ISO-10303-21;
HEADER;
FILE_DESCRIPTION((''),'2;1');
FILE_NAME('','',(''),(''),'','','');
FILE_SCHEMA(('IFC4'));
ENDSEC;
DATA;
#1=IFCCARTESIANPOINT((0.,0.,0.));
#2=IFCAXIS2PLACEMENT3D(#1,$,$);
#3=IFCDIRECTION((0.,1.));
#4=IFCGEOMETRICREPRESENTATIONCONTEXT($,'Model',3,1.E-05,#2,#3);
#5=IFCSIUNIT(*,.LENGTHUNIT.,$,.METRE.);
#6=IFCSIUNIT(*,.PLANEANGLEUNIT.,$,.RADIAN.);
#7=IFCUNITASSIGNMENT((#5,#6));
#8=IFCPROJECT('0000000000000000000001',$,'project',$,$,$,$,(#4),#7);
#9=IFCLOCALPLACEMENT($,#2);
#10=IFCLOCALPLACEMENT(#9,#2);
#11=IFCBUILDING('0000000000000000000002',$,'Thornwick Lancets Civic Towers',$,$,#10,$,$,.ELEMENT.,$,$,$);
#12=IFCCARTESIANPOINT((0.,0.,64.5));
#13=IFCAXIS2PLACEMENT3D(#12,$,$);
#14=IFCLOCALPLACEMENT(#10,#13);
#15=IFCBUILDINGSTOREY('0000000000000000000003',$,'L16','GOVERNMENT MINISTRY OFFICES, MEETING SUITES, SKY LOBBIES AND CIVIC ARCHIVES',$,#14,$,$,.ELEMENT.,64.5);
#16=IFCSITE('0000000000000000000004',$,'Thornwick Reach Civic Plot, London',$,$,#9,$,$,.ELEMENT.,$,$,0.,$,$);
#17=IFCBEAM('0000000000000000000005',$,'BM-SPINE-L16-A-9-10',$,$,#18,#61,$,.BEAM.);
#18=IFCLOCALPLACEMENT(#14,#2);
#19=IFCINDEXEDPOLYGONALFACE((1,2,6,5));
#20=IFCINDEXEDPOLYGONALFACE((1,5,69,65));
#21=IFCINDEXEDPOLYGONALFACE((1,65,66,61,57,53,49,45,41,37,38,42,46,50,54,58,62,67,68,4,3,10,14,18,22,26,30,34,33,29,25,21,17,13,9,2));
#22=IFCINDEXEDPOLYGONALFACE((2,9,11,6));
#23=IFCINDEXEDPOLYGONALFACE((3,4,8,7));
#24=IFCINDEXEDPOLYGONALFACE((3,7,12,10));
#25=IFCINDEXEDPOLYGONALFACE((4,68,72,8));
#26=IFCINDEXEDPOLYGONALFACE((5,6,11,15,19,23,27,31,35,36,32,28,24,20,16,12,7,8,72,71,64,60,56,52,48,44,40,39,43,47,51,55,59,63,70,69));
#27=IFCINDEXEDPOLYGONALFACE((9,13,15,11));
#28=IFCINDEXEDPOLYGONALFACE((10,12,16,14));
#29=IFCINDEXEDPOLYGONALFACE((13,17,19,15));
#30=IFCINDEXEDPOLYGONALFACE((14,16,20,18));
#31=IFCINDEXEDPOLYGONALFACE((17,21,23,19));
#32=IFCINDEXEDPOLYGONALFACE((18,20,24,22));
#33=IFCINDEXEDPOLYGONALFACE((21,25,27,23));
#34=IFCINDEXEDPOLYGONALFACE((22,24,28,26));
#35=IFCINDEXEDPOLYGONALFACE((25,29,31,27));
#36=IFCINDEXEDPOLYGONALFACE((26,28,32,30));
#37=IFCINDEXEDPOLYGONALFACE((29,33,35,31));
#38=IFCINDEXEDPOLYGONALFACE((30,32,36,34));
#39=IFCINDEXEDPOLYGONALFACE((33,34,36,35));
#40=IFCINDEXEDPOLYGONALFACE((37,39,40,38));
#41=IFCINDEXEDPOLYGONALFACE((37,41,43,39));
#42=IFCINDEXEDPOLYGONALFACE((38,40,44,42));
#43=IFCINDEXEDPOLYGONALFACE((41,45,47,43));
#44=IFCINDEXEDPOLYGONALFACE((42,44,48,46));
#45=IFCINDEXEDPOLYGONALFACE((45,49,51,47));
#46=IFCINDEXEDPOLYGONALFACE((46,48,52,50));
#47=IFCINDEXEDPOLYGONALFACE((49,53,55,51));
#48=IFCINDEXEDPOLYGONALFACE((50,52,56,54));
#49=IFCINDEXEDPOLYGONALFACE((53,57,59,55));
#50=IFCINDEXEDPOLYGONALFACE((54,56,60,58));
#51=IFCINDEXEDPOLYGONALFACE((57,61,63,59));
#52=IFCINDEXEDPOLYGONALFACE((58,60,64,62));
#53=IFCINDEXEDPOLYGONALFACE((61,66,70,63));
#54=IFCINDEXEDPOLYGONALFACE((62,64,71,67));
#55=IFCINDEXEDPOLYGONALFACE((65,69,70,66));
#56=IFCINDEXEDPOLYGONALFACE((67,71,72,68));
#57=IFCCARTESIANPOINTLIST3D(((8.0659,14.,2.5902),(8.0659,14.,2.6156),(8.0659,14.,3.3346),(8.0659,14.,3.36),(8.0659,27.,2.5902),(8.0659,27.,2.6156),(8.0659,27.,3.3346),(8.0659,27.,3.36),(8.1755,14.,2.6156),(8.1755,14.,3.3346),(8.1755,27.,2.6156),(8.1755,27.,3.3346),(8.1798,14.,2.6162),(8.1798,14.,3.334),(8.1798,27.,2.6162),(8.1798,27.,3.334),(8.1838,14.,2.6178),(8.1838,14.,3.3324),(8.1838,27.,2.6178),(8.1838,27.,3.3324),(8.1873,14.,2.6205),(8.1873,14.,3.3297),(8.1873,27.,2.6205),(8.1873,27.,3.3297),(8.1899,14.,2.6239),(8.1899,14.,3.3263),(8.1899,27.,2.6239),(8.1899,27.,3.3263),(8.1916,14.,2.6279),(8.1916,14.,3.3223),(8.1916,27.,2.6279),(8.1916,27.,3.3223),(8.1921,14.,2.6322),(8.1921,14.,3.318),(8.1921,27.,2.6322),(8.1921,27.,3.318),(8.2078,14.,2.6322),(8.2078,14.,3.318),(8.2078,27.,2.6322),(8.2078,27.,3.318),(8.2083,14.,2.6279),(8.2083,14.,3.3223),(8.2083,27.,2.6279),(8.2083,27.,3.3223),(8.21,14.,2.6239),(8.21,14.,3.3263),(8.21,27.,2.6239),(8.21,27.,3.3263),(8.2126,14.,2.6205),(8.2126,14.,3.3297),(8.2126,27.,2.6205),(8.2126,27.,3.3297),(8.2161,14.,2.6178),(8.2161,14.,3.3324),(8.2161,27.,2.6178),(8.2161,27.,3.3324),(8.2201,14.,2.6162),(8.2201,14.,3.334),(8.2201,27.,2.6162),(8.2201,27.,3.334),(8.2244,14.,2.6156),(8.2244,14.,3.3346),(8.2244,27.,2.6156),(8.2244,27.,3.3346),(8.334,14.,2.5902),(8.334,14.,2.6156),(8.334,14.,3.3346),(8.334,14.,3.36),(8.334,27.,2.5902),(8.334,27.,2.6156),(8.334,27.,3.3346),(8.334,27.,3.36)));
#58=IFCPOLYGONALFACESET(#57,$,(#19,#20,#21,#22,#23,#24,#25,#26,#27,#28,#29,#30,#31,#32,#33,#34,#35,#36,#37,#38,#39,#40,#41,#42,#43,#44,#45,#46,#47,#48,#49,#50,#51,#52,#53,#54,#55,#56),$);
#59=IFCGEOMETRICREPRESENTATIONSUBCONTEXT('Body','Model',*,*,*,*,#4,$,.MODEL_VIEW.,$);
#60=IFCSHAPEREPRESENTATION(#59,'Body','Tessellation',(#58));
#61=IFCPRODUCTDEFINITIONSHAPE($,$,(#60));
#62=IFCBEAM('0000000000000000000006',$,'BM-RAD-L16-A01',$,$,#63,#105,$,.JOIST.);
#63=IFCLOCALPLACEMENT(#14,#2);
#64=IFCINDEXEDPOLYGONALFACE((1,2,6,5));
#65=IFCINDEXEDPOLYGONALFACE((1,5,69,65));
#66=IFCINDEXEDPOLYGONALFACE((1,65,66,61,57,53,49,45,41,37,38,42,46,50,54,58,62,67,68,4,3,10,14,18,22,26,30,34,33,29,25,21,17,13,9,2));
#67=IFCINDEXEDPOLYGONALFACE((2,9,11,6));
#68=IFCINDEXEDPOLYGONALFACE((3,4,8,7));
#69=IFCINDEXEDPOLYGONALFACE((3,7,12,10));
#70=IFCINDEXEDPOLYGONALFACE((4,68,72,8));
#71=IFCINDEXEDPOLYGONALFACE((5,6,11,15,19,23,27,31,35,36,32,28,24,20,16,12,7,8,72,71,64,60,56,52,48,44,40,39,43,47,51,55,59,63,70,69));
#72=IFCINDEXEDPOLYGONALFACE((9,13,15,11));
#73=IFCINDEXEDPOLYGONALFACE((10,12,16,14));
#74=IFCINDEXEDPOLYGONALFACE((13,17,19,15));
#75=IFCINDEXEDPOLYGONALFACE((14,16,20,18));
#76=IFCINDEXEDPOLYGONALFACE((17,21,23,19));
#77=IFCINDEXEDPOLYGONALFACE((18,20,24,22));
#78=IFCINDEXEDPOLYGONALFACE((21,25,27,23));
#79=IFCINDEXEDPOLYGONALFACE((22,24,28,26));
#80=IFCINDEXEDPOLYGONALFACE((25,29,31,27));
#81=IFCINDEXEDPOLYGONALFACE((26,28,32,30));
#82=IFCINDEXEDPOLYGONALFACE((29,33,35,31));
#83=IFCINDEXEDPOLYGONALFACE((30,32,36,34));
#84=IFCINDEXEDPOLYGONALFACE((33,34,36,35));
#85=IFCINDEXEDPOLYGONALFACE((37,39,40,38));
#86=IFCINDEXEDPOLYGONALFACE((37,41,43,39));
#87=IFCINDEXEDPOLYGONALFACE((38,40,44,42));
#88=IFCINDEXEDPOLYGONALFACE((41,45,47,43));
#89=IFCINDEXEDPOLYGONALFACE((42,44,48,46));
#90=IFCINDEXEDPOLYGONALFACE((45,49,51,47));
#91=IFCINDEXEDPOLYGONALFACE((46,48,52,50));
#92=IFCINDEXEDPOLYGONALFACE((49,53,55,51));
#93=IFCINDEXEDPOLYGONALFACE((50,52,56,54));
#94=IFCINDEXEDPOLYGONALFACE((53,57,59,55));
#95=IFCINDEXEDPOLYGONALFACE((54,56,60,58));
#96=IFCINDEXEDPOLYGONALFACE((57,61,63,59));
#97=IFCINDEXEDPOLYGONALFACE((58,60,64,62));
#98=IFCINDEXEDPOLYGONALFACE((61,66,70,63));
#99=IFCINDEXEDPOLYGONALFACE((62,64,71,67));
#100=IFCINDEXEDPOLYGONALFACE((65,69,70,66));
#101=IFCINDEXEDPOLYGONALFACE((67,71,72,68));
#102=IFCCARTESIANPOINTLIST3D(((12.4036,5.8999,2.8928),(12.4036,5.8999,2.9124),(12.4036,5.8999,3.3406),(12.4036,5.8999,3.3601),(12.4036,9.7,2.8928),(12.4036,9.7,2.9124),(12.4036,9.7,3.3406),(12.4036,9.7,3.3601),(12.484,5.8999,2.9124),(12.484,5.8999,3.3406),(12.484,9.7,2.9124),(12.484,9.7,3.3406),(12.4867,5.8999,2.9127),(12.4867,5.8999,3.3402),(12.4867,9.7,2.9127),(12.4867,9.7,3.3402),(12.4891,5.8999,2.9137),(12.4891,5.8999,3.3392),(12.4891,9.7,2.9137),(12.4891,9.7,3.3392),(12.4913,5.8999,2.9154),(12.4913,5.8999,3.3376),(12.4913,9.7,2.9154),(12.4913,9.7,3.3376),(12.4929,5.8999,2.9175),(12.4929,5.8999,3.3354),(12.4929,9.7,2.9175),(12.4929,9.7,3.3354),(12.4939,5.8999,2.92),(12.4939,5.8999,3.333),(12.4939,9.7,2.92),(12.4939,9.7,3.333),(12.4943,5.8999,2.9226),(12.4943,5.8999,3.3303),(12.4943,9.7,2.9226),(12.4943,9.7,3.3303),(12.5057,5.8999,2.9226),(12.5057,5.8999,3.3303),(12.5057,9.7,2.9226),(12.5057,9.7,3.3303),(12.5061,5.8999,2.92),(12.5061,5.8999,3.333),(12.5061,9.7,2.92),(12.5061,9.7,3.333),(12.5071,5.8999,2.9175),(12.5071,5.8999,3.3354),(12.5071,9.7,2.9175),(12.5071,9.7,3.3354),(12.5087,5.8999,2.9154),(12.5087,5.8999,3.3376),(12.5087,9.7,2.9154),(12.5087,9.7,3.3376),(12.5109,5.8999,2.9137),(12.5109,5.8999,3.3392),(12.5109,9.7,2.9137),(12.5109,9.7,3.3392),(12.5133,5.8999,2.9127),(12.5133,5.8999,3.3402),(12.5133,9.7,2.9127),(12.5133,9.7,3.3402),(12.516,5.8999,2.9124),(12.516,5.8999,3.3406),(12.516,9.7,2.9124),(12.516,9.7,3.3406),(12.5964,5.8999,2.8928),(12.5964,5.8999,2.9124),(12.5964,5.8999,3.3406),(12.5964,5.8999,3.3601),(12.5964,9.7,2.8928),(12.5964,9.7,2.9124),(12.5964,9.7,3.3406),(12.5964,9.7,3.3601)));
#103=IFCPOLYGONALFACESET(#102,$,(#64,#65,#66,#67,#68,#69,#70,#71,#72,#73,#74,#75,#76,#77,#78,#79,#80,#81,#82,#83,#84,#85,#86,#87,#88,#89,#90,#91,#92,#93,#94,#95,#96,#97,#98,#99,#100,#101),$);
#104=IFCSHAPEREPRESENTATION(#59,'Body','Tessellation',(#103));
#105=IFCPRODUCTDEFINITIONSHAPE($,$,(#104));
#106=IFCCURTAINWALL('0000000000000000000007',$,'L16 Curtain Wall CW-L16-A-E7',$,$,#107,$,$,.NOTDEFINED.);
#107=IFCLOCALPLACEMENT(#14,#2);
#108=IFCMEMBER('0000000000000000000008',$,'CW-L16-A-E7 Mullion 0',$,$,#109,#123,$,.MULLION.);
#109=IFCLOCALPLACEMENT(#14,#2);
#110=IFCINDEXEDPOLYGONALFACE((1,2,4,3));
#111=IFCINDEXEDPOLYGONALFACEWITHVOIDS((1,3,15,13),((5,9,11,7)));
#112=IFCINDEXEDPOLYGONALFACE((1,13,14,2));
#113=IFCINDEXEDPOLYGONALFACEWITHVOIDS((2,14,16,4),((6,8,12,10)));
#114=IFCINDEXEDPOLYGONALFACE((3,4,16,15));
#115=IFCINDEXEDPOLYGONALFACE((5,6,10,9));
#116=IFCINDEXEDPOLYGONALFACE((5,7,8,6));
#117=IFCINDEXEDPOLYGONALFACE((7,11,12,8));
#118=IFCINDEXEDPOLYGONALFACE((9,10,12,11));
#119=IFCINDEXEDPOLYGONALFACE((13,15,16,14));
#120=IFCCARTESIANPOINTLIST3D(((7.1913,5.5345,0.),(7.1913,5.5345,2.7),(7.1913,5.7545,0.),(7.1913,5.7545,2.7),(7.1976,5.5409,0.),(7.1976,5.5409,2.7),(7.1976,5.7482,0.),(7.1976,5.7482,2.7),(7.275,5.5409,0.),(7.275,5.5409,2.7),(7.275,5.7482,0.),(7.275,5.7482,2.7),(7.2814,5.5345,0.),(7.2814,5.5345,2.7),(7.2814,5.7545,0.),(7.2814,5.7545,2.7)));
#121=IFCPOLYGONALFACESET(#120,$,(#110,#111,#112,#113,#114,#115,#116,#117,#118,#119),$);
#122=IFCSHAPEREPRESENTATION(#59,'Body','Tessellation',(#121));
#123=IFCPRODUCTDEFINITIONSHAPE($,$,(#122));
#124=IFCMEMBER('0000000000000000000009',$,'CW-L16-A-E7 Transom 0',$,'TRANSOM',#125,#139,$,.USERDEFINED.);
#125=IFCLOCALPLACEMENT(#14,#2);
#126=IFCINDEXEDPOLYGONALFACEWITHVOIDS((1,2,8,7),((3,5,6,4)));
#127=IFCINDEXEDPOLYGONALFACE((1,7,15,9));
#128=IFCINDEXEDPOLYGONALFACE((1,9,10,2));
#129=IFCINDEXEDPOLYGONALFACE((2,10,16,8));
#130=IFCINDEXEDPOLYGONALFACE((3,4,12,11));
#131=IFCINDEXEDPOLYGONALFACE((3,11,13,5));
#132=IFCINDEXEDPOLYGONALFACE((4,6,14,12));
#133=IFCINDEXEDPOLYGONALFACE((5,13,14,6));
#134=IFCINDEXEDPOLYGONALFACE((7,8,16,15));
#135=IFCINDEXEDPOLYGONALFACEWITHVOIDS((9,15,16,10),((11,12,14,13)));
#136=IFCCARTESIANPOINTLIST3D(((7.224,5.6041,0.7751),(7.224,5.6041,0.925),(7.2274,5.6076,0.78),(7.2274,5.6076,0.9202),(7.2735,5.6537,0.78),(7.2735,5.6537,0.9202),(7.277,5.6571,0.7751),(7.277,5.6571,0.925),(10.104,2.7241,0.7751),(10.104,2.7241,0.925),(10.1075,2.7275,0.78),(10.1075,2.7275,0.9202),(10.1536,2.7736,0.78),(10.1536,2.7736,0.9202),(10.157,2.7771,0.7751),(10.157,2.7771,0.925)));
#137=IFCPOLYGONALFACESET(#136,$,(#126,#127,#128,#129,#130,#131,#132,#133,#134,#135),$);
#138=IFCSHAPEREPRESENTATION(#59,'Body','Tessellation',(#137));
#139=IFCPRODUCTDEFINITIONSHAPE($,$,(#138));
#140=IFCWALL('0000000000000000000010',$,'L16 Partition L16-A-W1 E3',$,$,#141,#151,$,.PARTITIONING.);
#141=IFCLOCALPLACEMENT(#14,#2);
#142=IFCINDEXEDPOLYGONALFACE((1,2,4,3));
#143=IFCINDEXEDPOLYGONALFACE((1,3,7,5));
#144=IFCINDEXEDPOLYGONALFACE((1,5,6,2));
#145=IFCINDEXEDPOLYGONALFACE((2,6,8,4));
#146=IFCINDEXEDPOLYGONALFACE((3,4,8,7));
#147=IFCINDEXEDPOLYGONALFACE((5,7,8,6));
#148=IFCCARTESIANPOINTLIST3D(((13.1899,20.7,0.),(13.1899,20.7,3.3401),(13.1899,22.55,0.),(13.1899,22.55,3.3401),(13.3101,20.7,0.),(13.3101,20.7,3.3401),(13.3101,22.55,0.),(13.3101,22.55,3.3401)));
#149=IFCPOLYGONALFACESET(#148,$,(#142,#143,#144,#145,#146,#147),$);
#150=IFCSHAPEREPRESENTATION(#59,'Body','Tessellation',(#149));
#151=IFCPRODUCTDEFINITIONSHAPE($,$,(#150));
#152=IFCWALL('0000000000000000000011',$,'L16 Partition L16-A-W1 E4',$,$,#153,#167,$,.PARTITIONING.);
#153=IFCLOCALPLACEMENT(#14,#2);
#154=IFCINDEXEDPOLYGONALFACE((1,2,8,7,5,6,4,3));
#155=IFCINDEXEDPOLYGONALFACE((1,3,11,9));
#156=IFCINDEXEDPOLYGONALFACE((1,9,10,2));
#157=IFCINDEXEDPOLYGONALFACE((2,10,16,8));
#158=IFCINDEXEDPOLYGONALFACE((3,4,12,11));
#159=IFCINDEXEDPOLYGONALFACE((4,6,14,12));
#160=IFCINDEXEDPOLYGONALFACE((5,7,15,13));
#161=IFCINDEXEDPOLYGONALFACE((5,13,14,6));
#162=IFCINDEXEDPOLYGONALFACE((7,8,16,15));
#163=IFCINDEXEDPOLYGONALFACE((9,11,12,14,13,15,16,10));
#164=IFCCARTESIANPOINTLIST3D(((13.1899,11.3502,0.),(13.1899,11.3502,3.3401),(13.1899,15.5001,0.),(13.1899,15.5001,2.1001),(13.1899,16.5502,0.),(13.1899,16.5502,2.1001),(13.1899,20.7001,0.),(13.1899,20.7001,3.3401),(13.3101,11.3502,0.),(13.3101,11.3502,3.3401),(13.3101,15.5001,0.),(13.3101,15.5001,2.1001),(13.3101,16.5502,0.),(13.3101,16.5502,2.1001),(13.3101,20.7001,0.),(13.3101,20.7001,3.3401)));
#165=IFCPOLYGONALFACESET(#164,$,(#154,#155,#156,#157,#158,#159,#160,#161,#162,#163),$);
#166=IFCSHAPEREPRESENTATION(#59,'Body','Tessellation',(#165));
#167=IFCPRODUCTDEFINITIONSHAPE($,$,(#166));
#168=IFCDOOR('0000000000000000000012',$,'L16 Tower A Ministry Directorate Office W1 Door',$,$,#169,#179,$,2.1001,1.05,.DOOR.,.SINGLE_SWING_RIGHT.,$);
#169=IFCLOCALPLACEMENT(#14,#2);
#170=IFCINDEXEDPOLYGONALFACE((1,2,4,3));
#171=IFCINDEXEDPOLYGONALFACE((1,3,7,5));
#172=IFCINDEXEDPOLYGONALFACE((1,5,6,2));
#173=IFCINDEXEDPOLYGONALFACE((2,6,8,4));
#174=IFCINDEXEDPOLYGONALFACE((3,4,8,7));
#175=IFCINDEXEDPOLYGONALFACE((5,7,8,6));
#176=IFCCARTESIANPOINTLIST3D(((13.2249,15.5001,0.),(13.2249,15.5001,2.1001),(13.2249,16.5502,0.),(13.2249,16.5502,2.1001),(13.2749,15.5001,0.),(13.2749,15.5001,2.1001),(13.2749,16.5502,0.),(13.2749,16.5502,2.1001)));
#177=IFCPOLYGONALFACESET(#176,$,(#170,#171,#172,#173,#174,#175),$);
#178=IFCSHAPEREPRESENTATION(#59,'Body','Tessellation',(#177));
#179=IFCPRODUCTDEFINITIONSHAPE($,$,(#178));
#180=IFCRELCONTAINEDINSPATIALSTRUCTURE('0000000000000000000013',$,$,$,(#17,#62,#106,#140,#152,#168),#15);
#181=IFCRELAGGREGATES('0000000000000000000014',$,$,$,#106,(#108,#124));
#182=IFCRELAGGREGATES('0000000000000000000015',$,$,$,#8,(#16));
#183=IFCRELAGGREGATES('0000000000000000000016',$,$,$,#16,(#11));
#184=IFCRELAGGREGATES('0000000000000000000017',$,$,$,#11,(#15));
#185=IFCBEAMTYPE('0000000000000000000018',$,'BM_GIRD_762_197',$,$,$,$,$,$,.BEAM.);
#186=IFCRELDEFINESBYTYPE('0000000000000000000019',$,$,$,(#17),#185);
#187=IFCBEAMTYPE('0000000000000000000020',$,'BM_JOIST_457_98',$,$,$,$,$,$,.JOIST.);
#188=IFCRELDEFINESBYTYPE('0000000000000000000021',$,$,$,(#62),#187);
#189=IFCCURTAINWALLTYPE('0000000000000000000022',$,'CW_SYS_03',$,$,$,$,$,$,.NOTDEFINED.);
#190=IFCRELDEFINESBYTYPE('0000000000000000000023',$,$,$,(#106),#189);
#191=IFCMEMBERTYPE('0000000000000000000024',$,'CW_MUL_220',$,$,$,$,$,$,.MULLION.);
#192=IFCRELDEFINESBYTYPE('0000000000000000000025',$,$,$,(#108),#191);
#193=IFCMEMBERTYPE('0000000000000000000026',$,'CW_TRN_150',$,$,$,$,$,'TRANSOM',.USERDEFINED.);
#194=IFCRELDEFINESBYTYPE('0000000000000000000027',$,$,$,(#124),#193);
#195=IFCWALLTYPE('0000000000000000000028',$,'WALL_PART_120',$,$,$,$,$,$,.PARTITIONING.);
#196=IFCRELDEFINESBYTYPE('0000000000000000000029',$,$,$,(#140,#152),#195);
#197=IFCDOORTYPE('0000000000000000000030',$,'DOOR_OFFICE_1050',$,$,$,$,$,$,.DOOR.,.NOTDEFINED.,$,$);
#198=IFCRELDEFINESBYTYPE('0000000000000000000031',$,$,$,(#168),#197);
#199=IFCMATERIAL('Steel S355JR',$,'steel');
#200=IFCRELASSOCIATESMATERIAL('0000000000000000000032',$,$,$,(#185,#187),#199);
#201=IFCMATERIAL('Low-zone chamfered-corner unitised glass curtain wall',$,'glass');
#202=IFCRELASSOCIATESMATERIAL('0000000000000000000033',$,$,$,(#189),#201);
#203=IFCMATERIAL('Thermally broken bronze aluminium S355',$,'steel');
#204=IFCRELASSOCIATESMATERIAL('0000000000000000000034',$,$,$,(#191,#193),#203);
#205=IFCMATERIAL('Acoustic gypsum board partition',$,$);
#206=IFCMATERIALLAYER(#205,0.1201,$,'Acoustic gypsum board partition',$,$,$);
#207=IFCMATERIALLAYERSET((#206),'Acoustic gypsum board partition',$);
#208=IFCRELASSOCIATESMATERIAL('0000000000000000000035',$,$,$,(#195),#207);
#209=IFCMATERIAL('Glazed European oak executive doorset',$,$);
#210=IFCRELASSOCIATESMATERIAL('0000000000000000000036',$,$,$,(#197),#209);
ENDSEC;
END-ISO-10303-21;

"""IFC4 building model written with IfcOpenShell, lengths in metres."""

from ifc_helpers import new_model, si_unit, direction, frame, frame_2d, origin, origin_2d, place, context, subcontext, project, spatial, rectangle, hollow_rectangle, i_section, extrude, material, layer, layer_set, material_profile, profile_set, type_object, element, fill, aggregate, save


model = new_model("IFC4")

# Units and contexts
model_context = context("Model", 3, precision=1e-05, world=origin(), true_north=direction((0.0, 1.0)))
body_context = subcontext(model_context, "Body", "Model", "MODEL_VIEW")
ifc_project = project(units=[si_unit("LENGTHUNIT", "METRE"), si_unit("PLANEANGLEUNIT", "RADIAN")], contexts=[model_context])

# Site, building, storey
site_placement = place(None, origin())
site = spatial("IfcSite", under=ifc_project, at=site_placement, Name="Thornwick Reach Civic Plot, London", CompositionType="ELEMENT", RefElevation=0.0)
building_placement = place(site_placement, origin())
building = spatial("IfcBuilding", under=site, at=building_placement, Name="Thornwick Lancets Civic Towers", CompositionType="ELEMENT")
storey_placement = place(building_placement, frame((0.0, 0.0, 64.5)))
storey = spatial("IfcBuildingStorey", under=building, at=storey_placement, Name="L16", Description="GOVERNMENT MINISTRY OFFICES, MEETING SUITES, SKY LOBBIES AND CIVIC ARCHIVES", CompositionType="ELEMENT", Elevation=64.5)

# Beams
ifc_material_1 = material(Name="Steel S355JR", Category="steel")
ifc_material_profile_1 = material_profile(ifc_material_1, i_section(OverallWidth=0.2681, OverallDepth=0.7698, WebThickness=0.0156, FlangeThickness=0.0254, FilletRadius=0.0166, at=origin_2d()), Name="UKB 762x267x197")
ifc_profile_set_1 = profile_set([ifc_material_profile_1], Name="Steel S355JR")
beam_type_1 = type_object("IfcBeamType", Name="BM_GIRD_762_197", PredefinedType="BEAM", material=ifc_profile_set_1)
for number, where, z_axis, x_axis, name in (
    (1, (8.2, 14.0, 2.9751), (0.0, 1.0, 0.0), (-1.0, 0.0, 0.0), "BM-SPINE-L16-A-9-10"),
):
    element("IfcBeam", number, at=place(storey_placement, frame(where, z_axis=z_axis, x_axis=x_axis)), inside=storey, type_object=beam_type_1, Name=name, PredefinedType="BEAM", context=body_context, shape_type="SweptSolid", body=[
        extrude(i_section(OverallWidth=0.2681, OverallDepth=0.7698, WebThickness=0.0156, FlangeThickness=0.0254, FilletRadius=0.0166, at=origin_2d()), origin(), (0.0, 0.0, 1.0), 13.0),
    ])
ifc_material_profile_2 = material_profile(ifc_material_1, i_section(OverallWidth=0.1929, OverallDepth=0.4673, WebThickness=0.0115, FlangeThickness=0.0195, FilletRadius=0.0103, at=origin_2d()), Name="UKB 457x191x98")
ifc_profile_set_2 = profile_set([ifc_material_profile_2], Name="Steel S355JR")
beam_type_2 = type_object("IfcBeamType", Name="BM_JOIST_457_98", PredefinedType="JOIST", material=ifc_profile_set_2)
beam_1_placement = place(storey_placement, frame((12.5, 9.7, 3.1265), z_axis=(0.0, -1.0, 0.0), x_axis=(1.0, 0.0, 0.0)))
element("IfcBeam", 2, at=beam_1_placement, inside=storey, type_object=beam_type_2, Name="BM-RAD-L16-A01", PredefinedType="JOIST", context=body_context, shape_type="SweptSolid", body=[
    extrude(i_section(OverallWidth=0.1929, OverallDepth=0.4673, WebThickness=0.0115, FlangeThickness=0.0195, FilletRadius=0.0103, at=origin_2d()), origin(), (0.0, 0.0, 1.0), 3.8),
])

# Curtain wall, members
ifc_material_2 = material(Name="Low-zone chamfered-corner unitised glass curtain wall", Category="glass")
curtain_wall_type = type_object("IfcCurtainWallType", Name="CW_SYS_03", PredefinedType="NOTDEFINED", material=ifc_material_2)
curtain_wall_placement = place(storey_placement, origin())
curtain_wall = element("IfcCurtainWall", 3, at=curtain_wall_placement, inside=storey, type_object=curtain_wall_type, Name="L16 Curtain Wall CW-L16-A-E7", PredefinedType="NOTDEFINED")
ifc_material_3 = material(Name="Thermally broken bronze aluminium S355", Category="steel")
ifc_material_profile_3 = material_profile(ifc_material_3, hollow_rectangle(XDim=0.0901, YDim=0.22, WallThickness=0.0063, at=origin_2d()), Name="RHS 220x90x6.3")
ifc_profile_set_3 = profile_set([ifc_material_profile_3], Name="Thermally broken bronze aluminium S355")
member_type_1 = type_object("IfcMemberType", Name="CW_MUL_220", PredefinedType="MULLION", material=ifc_profile_set_3)
member_1_placement = place(storey_placement, frame((7.2363, 5.6445, 0.0), z_axis=(0.0, 0.0, 1.0), x_axis=(1.0, 0.0, 0.0)))
member_1 = element("IfcMember", 4, at=member_1_placement, type_object=member_type_1, Name="CW-L16-A-E7 Mullion 0", PredefinedType="MULLION", context=body_context, shape_type="SweptSolid", body=[
    extrude(hollow_rectangle(XDim=0.0901, YDim=0.22, WallThickness=0.0063, at=origin_2d()), origin(), (0.0, 0.0, 1.0), 2.7),
])
ifc_material_profile_4 = material_profile(ifc_material_3, hollow_rectangle(XDim=0.075, YDim=0.1499, WallThickness=0.0049, at=origin_2d()), Name="RHS 150x75x5")
ifc_profile_set_4 = profile_set([ifc_material_profile_4], Name="Thermally broken bronze aluminium S355")
member_type_2 = type_object("IfcMemberType", Name="CW_TRN_150", ElementType="TRANSOM", PredefinedType="USERDEFINED", material=ifc_profile_set_4)
member_2_placement = place(storey_placement, frame((7.2505, 5.6306, 0.8501), z_axis=(0.707107, -0.707107, 0.0), x_axis=(0.707107, 0.707107, 0.0)))
member_2 = element("IfcMember", 5, at=member_2_placement, type_object=member_type_2, Name="CW-L16-A-E7 Transom 0", ObjectType="TRANSOM", PredefinedType="USERDEFINED", context=body_context, shape_type="SweptSolid", body=[
    extrude(hollow_rectangle(XDim=0.075, YDim=0.1499, WallThickness=0.0049, at=origin_2d()), origin(), (0.0, 0.0, 1.0), 4.073),
])
aggregate(curtain_wall, [member_1, member_2])

# Wall
ifc_material_4 = material(Name="Acoustic gypsum board partition")
ifc_layer = layer(ifc_material_4, 0.1201, Name="Acoustic gypsum board partition")
ifc_layer_set = layer_set([ifc_layer], Name="Acoustic gypsum board partition")
wall_type = type_object("IfcWallType", Name="WALL_PART_120", PredefinedType="PARTITIONING", material=ifc_layer_set)
wall_1_placement = place(storey_placement, frame((13.25, 22.55, 0.0), z_axis=(0.0, 0.0, 1.0), x_axis=(0.0, -1.0, 0.0)))
element("IfcWall", 6, at=wall_1_placement, inside=storey, type_object=wall_type, Name="L16 Partition L16-A-W1 E3", PredefinedType="PARTITIONING", context=body_context, shape_type="SweptSolid", body=[
    extrude(rectangle(XDim=1.8501, YDim=0.1201, at=frame_2d((0.925, 0.0))), origin(), (0.0, 0.0, 1.0), 3.3401),
])

# Wall, opening, door
wall_2_placement = place(storey_placement, frame((13.25, 20.7, 0.0), z_axis=(0.0, 0.0, 1.0), x_axis=(0.0, -1.0, 0.0)))
wall_2 = element("IfcWall", 7, at=wall_2_placement, inside=storey, type_object=wall_type, Name="L16 Partition L16-A-W1 E4", PredefinedType="PARTITIONING", context=body_context, shape_type="SweptSolid", body=[
    extrude(rectangle(XDim=9.3499, YDim=0.1201, at=frame_2d((4.6748, 0.0))), origin(), (0.0, 0.0, 1.0), 3.3401),
])
opening_1_placement = place(wall_2_placement, frame((4.1499, 0.0, 0.0)))
opening_1 = element("IfcOpeningElement", 8, at=opening_1_placement, cuts=wall_2, PredefinedType="OPENING", context=body_context, shape_type="SweptSolid", body=[
    extrude(rectangle(XDim=1.05, YDim=2.1001, at=frame_2d((0.5249, 1.05))), frame((0.0, 0.0701, 0.0), z_axis=(0.0, -1.0, 0.0), x_axis=(1.0, 0.0, 0.0)), (0.0, 0.0, 1.0), 0.1401),
])
ifc_material_5 = material(Name="Glazed European oak executive doorset")
door_type = type_object("IfcDoorType", Name="DOOR_OFFICE_1050", OperationType="NOTDEFINED", PredefinedType="DOOR", material=ifc_material_5)
door_1_placement = place(opening_1_placement, origin())
door_1 = element("IfcDoor", 9, at=door_1_placement, inside=storey, type_object=door_type, Name="L16 Tower A Ministry Directorate Office W1 Door", OperationType="SINGLE_SWING_RIGHT", OverallHeight=2.1001, OverallWidth=1.05, PredefinedType="DOOR", context=body_context, shape_type="SweptSolid", body=[
    extrude(rectangle(XDim=1.05, YDim=2.1001, at=frame_2d((0.5249, 1.05))), frame((0.0, 0.0249, 0.0), z_axis=(0.0, -1.0, 0.0), x_axis=(1.0, 0.0, 0.0)), (0.0, 0.0, 1.0), 0.05),
])
fill(opening_1, door_1)

save(model, "model.ifc")
